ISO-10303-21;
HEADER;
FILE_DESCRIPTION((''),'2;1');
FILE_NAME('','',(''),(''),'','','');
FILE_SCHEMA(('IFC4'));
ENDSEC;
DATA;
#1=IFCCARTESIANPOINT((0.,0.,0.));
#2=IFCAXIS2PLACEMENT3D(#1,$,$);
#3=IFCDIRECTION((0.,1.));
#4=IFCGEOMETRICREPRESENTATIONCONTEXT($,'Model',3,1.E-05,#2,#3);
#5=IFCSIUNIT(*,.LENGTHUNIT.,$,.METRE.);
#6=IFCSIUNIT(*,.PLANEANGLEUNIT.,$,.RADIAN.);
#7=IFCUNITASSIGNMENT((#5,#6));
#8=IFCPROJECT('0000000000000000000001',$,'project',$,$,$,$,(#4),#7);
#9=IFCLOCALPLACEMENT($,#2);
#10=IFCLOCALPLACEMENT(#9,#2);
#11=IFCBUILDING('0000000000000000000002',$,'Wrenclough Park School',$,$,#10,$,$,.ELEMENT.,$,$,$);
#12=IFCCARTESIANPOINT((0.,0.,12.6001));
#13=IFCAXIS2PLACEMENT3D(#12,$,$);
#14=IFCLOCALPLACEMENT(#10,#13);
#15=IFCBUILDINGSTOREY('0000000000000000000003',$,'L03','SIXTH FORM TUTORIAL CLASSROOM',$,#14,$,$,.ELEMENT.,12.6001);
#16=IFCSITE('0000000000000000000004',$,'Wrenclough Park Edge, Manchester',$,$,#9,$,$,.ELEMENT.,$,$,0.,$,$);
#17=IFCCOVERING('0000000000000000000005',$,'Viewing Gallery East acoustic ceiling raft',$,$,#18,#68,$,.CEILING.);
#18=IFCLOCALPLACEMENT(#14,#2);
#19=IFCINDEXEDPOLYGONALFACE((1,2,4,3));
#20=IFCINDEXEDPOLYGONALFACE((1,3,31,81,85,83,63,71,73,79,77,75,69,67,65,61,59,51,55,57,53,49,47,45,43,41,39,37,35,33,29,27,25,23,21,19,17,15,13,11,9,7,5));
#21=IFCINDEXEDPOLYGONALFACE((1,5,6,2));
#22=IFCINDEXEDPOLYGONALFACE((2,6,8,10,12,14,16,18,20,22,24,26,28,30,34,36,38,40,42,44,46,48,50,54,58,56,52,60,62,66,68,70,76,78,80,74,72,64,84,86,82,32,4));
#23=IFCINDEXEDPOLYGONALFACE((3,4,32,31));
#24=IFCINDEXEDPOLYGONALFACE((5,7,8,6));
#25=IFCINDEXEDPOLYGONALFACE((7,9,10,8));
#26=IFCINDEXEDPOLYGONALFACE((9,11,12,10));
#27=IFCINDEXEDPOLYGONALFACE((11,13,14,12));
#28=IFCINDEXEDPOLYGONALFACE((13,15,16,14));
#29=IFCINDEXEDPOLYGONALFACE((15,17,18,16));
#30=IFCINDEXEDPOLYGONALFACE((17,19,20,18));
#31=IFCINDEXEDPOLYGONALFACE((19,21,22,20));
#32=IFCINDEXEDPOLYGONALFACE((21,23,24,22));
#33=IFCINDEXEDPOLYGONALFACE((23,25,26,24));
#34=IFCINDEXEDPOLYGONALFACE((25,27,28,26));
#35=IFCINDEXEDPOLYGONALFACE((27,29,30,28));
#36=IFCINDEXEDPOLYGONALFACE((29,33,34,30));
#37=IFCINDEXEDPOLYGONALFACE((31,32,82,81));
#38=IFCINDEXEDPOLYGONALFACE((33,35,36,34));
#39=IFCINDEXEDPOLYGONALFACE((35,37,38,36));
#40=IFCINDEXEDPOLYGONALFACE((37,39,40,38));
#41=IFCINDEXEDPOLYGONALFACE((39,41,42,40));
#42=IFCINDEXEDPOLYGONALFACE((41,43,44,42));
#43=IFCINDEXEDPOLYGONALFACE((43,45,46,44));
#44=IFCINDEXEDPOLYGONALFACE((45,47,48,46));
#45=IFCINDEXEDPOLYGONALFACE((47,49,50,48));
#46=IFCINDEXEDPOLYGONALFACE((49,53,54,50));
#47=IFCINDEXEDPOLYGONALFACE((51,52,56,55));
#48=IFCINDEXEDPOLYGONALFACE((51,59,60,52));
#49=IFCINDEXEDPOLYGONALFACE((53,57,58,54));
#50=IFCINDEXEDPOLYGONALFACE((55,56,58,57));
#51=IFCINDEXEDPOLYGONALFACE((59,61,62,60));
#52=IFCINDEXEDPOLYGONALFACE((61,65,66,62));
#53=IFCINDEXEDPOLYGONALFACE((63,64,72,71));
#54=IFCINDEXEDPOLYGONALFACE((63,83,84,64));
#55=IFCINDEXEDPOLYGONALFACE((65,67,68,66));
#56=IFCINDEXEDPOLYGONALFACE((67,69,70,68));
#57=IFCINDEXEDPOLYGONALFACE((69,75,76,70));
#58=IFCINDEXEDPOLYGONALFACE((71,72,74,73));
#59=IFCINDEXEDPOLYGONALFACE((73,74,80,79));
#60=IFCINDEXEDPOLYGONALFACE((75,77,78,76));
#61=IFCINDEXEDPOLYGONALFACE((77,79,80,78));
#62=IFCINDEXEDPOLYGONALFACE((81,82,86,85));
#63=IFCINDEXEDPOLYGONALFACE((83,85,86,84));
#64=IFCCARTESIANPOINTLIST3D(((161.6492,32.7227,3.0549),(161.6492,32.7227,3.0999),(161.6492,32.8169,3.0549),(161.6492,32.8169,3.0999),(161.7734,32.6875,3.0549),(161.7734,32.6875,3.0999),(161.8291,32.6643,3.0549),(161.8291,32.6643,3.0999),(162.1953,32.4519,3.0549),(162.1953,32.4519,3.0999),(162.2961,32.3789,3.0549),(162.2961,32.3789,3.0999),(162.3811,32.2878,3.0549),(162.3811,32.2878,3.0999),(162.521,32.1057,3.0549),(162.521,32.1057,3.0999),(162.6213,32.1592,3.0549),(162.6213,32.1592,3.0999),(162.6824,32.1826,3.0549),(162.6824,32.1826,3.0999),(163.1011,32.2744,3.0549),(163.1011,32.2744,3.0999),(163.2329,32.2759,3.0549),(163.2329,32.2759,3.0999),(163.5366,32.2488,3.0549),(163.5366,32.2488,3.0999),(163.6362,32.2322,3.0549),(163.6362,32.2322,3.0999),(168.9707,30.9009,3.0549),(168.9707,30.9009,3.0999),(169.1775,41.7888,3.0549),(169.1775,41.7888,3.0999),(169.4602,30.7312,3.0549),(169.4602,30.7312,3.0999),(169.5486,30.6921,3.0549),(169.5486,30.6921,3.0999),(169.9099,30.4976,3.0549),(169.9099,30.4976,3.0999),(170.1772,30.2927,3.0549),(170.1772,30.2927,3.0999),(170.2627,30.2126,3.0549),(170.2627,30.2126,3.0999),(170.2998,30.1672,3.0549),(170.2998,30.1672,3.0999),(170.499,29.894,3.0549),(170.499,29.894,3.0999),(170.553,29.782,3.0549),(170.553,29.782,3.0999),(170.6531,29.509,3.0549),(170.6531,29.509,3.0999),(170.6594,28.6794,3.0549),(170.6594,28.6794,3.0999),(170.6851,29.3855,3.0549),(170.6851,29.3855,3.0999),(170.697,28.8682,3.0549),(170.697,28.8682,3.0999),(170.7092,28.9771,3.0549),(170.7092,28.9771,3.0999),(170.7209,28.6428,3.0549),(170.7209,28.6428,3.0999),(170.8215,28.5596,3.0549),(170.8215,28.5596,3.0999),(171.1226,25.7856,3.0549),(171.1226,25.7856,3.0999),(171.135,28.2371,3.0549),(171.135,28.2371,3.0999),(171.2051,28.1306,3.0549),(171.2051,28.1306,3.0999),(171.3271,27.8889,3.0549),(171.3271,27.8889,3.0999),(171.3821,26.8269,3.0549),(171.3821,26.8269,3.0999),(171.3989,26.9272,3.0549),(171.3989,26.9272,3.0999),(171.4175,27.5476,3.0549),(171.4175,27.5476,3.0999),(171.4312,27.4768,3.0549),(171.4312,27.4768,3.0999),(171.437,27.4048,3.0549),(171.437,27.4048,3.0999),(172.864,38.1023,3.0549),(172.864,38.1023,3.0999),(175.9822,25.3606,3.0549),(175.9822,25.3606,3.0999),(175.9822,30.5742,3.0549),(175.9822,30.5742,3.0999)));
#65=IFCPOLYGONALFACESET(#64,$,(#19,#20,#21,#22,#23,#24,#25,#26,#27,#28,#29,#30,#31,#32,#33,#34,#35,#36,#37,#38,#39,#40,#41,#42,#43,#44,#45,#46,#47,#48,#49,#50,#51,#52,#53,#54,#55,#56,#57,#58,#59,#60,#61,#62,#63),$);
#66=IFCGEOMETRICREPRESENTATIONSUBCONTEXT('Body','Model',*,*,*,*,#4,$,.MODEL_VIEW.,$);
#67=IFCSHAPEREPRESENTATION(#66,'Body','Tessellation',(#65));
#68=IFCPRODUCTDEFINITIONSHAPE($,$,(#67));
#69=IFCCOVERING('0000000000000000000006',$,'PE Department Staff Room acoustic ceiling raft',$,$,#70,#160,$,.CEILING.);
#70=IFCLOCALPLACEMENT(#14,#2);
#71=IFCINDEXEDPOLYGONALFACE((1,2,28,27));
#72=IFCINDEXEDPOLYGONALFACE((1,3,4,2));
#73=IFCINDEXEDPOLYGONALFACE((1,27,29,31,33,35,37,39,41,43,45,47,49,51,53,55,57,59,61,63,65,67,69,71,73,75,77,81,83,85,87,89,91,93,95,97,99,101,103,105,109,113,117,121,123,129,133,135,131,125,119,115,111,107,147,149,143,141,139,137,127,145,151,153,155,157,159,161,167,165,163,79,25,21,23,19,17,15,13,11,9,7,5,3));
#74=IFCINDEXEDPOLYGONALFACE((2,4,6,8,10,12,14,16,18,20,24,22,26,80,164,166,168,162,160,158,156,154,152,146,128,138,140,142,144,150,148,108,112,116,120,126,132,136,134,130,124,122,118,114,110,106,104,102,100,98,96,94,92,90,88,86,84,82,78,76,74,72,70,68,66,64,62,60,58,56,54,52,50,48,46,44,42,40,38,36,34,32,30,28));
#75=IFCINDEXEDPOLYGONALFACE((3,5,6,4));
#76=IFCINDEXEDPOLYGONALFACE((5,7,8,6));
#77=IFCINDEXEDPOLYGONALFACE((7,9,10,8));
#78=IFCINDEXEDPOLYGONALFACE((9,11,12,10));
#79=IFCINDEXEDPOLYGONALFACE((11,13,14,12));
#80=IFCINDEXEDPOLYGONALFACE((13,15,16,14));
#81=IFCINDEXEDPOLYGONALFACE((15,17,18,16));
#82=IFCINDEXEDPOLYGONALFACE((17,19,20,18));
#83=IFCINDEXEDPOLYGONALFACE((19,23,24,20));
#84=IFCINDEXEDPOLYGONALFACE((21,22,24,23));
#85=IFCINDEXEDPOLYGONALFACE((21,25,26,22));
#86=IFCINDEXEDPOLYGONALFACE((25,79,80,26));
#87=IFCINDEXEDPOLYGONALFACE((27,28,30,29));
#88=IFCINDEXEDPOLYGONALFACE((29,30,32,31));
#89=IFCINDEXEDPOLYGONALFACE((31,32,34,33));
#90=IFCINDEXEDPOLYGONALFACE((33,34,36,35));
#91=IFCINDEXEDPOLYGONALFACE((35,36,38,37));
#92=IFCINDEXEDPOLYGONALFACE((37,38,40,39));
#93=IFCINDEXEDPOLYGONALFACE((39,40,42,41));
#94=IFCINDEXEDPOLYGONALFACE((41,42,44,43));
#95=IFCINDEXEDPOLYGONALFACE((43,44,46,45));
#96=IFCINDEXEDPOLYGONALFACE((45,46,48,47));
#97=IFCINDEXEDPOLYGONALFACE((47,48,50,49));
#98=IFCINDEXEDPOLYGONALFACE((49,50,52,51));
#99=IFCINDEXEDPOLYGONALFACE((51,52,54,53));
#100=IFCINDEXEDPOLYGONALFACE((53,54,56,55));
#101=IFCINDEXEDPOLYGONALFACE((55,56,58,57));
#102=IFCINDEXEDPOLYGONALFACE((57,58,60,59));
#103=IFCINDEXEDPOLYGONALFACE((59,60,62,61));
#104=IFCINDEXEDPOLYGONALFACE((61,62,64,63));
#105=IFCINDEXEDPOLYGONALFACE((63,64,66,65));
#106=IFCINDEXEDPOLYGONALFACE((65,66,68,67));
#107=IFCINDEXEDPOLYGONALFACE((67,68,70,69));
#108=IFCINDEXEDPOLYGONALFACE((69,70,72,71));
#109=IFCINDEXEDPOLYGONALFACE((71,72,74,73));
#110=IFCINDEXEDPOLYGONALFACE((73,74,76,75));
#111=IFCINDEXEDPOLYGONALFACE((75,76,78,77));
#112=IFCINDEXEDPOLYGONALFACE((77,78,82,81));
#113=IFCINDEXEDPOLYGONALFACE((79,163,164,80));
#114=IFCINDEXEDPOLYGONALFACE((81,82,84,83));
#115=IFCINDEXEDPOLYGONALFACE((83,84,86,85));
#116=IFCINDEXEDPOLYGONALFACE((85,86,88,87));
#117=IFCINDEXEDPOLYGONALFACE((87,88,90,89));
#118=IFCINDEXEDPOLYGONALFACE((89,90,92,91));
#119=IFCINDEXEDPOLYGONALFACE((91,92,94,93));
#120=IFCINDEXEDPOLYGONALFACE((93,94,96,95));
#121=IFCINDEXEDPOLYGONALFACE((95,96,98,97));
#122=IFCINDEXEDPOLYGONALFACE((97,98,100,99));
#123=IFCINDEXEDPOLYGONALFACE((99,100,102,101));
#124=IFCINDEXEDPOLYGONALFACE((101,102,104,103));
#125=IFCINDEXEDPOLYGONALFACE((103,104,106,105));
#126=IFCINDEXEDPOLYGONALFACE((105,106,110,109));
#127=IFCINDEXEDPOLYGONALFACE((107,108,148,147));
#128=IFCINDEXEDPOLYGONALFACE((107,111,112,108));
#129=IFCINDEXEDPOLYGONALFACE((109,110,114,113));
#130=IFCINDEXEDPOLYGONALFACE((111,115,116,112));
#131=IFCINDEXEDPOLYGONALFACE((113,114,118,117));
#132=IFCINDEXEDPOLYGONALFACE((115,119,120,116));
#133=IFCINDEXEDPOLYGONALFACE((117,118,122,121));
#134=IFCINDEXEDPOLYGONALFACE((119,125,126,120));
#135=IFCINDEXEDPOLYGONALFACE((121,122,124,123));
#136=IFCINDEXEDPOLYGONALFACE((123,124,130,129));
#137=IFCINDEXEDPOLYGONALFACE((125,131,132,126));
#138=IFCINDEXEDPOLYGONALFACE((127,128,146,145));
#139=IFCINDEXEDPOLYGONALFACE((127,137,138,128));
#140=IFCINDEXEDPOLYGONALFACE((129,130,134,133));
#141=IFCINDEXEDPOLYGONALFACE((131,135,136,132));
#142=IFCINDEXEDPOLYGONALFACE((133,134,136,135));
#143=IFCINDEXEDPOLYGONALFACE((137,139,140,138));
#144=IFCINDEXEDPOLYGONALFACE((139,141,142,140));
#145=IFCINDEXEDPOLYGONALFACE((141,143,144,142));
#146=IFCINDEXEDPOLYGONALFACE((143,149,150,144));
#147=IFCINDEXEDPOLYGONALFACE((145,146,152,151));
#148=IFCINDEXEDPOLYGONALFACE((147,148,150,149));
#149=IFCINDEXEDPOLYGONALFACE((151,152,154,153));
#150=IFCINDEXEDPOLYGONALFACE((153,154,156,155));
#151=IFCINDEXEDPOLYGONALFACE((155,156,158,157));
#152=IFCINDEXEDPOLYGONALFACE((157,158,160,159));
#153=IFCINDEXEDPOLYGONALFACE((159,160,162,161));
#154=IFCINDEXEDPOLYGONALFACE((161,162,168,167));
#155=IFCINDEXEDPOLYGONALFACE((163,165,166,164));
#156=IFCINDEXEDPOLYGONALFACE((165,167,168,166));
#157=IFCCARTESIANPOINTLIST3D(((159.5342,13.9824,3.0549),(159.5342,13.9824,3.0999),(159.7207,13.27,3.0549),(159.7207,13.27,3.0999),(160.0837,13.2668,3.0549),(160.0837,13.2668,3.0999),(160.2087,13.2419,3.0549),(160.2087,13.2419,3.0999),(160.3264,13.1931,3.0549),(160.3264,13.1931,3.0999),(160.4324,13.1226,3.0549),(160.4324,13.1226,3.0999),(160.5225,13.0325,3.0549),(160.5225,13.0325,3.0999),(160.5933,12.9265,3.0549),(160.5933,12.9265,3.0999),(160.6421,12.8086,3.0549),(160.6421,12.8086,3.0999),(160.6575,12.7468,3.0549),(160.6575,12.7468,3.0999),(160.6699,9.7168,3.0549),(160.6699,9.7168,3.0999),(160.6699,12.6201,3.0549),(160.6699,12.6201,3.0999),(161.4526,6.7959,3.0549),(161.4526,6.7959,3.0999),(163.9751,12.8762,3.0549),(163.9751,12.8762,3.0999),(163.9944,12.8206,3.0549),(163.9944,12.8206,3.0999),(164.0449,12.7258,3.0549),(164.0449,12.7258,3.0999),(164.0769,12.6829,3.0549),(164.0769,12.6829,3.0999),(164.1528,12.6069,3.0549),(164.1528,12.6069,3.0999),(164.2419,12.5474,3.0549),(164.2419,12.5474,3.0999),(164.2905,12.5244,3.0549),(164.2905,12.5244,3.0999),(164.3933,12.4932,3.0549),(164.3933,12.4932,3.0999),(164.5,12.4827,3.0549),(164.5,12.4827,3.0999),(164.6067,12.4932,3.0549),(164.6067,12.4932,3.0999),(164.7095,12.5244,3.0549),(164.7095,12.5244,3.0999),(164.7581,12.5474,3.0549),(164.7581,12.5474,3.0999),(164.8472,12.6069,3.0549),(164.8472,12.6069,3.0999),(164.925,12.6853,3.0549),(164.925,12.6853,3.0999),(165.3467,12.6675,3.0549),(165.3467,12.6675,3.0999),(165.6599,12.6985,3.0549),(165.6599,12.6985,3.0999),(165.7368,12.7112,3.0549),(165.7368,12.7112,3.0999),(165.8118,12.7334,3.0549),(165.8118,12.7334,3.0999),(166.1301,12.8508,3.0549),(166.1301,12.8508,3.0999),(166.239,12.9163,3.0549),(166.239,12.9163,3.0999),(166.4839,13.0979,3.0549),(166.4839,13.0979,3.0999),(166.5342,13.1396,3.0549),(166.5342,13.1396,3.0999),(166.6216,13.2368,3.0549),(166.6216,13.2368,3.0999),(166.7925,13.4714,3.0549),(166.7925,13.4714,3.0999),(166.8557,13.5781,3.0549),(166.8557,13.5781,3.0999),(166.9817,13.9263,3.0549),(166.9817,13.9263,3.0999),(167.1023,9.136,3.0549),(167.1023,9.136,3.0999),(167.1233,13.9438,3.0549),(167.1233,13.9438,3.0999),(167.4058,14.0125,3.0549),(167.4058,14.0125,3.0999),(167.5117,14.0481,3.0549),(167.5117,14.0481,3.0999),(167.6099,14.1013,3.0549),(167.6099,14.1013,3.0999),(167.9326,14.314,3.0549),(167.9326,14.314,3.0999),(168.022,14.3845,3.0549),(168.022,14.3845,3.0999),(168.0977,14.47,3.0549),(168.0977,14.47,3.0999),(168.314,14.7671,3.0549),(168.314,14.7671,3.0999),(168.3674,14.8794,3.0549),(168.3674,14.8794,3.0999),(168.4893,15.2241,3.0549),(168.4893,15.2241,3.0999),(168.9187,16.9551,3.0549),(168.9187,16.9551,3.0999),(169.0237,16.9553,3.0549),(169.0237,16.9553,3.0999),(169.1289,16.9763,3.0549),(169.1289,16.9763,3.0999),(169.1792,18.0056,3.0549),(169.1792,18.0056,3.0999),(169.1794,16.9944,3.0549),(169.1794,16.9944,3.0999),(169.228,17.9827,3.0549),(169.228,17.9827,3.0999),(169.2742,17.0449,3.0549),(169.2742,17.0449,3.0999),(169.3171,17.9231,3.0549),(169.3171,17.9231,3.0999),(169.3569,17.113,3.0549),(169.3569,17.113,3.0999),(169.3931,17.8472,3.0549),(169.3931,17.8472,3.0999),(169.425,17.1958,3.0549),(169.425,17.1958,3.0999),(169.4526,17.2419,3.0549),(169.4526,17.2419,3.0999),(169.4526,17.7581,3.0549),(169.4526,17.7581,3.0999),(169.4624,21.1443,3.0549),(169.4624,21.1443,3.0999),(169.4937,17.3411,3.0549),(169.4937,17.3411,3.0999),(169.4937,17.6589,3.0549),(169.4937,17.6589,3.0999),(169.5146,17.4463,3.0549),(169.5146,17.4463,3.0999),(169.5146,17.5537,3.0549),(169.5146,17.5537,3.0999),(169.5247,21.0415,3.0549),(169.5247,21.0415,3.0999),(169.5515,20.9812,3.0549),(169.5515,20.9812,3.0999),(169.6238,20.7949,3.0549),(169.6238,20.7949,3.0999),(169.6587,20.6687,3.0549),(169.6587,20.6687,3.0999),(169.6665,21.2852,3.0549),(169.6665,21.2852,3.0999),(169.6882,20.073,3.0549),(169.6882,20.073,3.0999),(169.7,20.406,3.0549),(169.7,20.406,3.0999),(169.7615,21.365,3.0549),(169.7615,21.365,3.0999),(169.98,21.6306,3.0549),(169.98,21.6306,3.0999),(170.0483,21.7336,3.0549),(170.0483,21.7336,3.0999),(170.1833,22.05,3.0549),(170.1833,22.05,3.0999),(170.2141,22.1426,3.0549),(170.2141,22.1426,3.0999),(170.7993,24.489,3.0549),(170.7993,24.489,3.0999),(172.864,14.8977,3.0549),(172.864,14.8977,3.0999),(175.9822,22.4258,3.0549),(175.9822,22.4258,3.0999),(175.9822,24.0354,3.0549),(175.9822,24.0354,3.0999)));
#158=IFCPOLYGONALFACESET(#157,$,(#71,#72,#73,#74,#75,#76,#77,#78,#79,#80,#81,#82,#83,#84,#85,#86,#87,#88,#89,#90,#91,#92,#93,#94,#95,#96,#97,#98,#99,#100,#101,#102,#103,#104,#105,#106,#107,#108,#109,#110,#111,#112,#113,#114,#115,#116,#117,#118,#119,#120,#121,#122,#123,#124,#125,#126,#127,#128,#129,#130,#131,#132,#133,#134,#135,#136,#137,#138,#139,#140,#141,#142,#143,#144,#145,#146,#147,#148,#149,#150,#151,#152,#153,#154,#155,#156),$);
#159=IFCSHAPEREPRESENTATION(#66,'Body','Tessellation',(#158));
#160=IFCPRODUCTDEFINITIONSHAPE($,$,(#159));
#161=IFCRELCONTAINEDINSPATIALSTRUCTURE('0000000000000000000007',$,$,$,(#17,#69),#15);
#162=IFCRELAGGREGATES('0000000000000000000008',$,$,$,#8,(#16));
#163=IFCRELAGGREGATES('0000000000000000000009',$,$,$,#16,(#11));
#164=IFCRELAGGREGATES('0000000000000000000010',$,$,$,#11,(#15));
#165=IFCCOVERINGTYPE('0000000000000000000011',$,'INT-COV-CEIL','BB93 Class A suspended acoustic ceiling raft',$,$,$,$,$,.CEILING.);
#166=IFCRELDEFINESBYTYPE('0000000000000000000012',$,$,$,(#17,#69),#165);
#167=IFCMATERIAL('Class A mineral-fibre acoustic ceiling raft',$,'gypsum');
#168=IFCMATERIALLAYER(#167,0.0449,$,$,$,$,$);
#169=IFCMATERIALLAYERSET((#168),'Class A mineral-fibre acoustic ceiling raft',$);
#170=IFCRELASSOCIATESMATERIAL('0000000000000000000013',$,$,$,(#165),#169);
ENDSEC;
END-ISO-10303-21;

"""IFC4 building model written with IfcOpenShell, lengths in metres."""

from ifc_helpers import new_model, si_unit, direction, frame, origin, place, context, subcontext, project, spatial, polyline, outline, extrude, material, layer, layer_set, type_object, element, save


model = new_model("IFC4")

# Units and contexts
model_context = context("Model", 3, precision=1e-05, world=origin(), true_north=direction((0.0, 1.0)))
body_context = subcontext(model_context, "Body", "Model", "MODEL_VIEW")
ifc_project = project(units=[si_unit("LENGTHUNIT", "METRE"), si_unit("PLANEANGLEUNIT", "RADIAN")], contexts=[model_context])

# Site, building, storey
site_placement = place(None, origin())
site = spatial("IfcSite", under=ifc_project, at=site_placement, Name="Wrenclough Park Edge, Manchester", CompositionType="ELEMENT", RefElevation=0.0)
building_placement = place(site_placement, origin())
building = spatial("IfcBuilding", under=site, at=building_placement, Name="Wrenclough Park School", CompositionType="ELEMENT")
storey_placement = place(building_placement, frame((0.0, 0.0, 12.6001)))
storey = spatial("IfcBuildingStorey", under=building, at=storey_placement, Name="L03", Description="SIXTH FORM TUTORIAL CLASSROOM", CompositionType="ELEMENT", Elevation=12.6001)

# Coverings
ifc_material_1 = material(Name="Class A mineral-fibre acoustic ceiling raft", Category="gypsum")
ifc_layer_1 = layer(ifc_material_1, 0.0449)
ifc_layer_set_1 = layer_set([ifc_layer_1], Name="Class A mineral-fibre acoustic ceiling raft")
covering_type_1 = type_object("IfcCoveringType", Name="INT-COV-CEIL", Description="BB93 Class A suspended acoustic ceiling raft", PredefinedType="CEILING", material=ifc_layer_set_1)
covering_1_placement = place(storey_placement, frame((0.0, 0.0, 3.0549)))
element("IfcCovering", 1, at=covering_1_placement, inside=storey, type_object=covering_type_1, Name="Viewing Gallery East acoustic ceiling raft", PredefinedType="CEILING", context=body_context, shape_type="SweptSolid", body=[
    extrude(outline(polyline([(162.3811, 32.2878), (162.521, 32.1057), (162.6213, 32.1592), (162.6824, 32.1826), (163.1011, 32.2744), (163.2329, 32.2759), (163.5366, 32.2488), (163.6362, 32.2322), (168.9707, 30.9009), (169.4602, 30.7312), (169.5486, 30.6921), (169.9099, 30.4976), (170.1772, 30.2927), (170.2627, 30.2126), (170.2998, 30.1672), (170.499, 29.894), (170.553, 29.782), (170.6531, 29.509), (170.6851, 29.3855), (170.7092, 28.9771), (170.697, 28.8682), (170.6594, 28.6794), (170.7209, 28.6428), (170.8215, 28.5596), (171.135, 28.2371), (171.2051, 28.1306), (171.3271, 27.8889), (171.4175, 27.5476), (171.4312, 27.4768), (171.437, 27.4048), (171.3989, 26.9272), (171.3821, 26.8269), (171.1226, 25.7856), (175.9822, 25.3606), (175.9822, 30.5742), (172.864, 38.1023), (169.1775, 41.7888), (161.6492, 32.8169), (161.6492, 32.7227), (161.7734, 32.6875), (161.8291, 32.6643), (162.1953, 32.4519), (162.2961, 32.3789), (162.3811, 32.2878)])), origin(), (0.0, 0.0, 1.0), 0.0449),
])
covering_2_placement = place(storey_placement, frame((0.0, 0.0, 3.0549)))
element("IfcCovering", 2, at=covering_2_placement, inside=storey, type_object=covering_type_1, Name="PE Department Staff Room acoustic ceiling raft", PredefinedType="CEILING", context=body_context, shape_type="SweptSolid", body=[
    extrude(outline(polyline([(163.9751, 12.8762), (159.5342, 13.9824), (159.7207, 13.27), (160.0837, 13.2668), (160.2087, 13.2419), (160.3264, 13.1931), (160.4324, 13.1226), (160.5225, 13.0325), (160.5933, 12.9265), (160.6421, 12.8086), (160.6575, 12.7468), (160.6699, 12.6201), (160.6699, 9.7168), (161.4526, 6.7959), (167.1023, 9.136), (172.864, 14.8977), (175.9822, 22.4258), (175.9822, 24.0354), (170.7993, 24.489), (170.2141, 22.1426), (170.1833, 22.05), (170.0483, 21.7336), (169.98, 21.6306), (169.7615, 21.365), (169.6665, 21.2852), (169.4624, 21.1443), (169.5247, 21.0415), (169.5515, 20.9812), (169.6238, 20.7949), (169.6587, 20.6687), (169.7, 20.406), (169.6882, 20.073), (169.1792, 18.0056), (169.228, 17.9827), (169.3171, 17.9231), (169.3931, 17.8472), (169.4526, 17.7581), (169.4937, 17.6589), (169.5146, 17.5537), (169.5146, 17.4463), (169.4937, 17.3411), (169.4526, 17.2419), (169.425, 17.1958), (169.3569, 17.113), (169.2742, 17.0449), (169.1794, 16.9944), (169.1289, 16.9763), (169.0237, 16.9553), (168.9187, 16.9551), (168.4893, 15.2241), (168.3674, 14.8794), (168.314, 14.7671), (168.0977, 14.47), (168.022, 14.3845), (167.9326, 14.314), (167.6099, 14.1013), (167.5117, 14.0481), (167.4058, 14.0125), (167.1233, 13.9438), (166.9817, 13.9263), (166.8557, 13.5781), (166.7925, 13.4714), (166.6216, 13.2368), (166.5342, 13.1396), (166.4839, 13.0979), (166.239, 12.9163), (166.1301, 12.8508), (165.8118, 12.7334), (165.7368, 12.7112), (165.6599, 12.6985), (165.3467, 12.6675), (164.925, 12.6853), (164.8472, 12.6069), (164.7581, 12.5474), (164.7095, 12.5244), (164.6067, 12.4932), (164.5, 12.4827), (164.3933, 12.4932), (164.2905, 12.5244), (164.2419, 12.5474), (164.1528, 12.6069), (164.0769, 12.6829), (164.0449, 12.7258), (163.9944, 12.8206), (163.9751, 12.8762)])), origin(), (0.0, 0.0, 1.0), 0.0449),
])

save(model, "model.ifc")
